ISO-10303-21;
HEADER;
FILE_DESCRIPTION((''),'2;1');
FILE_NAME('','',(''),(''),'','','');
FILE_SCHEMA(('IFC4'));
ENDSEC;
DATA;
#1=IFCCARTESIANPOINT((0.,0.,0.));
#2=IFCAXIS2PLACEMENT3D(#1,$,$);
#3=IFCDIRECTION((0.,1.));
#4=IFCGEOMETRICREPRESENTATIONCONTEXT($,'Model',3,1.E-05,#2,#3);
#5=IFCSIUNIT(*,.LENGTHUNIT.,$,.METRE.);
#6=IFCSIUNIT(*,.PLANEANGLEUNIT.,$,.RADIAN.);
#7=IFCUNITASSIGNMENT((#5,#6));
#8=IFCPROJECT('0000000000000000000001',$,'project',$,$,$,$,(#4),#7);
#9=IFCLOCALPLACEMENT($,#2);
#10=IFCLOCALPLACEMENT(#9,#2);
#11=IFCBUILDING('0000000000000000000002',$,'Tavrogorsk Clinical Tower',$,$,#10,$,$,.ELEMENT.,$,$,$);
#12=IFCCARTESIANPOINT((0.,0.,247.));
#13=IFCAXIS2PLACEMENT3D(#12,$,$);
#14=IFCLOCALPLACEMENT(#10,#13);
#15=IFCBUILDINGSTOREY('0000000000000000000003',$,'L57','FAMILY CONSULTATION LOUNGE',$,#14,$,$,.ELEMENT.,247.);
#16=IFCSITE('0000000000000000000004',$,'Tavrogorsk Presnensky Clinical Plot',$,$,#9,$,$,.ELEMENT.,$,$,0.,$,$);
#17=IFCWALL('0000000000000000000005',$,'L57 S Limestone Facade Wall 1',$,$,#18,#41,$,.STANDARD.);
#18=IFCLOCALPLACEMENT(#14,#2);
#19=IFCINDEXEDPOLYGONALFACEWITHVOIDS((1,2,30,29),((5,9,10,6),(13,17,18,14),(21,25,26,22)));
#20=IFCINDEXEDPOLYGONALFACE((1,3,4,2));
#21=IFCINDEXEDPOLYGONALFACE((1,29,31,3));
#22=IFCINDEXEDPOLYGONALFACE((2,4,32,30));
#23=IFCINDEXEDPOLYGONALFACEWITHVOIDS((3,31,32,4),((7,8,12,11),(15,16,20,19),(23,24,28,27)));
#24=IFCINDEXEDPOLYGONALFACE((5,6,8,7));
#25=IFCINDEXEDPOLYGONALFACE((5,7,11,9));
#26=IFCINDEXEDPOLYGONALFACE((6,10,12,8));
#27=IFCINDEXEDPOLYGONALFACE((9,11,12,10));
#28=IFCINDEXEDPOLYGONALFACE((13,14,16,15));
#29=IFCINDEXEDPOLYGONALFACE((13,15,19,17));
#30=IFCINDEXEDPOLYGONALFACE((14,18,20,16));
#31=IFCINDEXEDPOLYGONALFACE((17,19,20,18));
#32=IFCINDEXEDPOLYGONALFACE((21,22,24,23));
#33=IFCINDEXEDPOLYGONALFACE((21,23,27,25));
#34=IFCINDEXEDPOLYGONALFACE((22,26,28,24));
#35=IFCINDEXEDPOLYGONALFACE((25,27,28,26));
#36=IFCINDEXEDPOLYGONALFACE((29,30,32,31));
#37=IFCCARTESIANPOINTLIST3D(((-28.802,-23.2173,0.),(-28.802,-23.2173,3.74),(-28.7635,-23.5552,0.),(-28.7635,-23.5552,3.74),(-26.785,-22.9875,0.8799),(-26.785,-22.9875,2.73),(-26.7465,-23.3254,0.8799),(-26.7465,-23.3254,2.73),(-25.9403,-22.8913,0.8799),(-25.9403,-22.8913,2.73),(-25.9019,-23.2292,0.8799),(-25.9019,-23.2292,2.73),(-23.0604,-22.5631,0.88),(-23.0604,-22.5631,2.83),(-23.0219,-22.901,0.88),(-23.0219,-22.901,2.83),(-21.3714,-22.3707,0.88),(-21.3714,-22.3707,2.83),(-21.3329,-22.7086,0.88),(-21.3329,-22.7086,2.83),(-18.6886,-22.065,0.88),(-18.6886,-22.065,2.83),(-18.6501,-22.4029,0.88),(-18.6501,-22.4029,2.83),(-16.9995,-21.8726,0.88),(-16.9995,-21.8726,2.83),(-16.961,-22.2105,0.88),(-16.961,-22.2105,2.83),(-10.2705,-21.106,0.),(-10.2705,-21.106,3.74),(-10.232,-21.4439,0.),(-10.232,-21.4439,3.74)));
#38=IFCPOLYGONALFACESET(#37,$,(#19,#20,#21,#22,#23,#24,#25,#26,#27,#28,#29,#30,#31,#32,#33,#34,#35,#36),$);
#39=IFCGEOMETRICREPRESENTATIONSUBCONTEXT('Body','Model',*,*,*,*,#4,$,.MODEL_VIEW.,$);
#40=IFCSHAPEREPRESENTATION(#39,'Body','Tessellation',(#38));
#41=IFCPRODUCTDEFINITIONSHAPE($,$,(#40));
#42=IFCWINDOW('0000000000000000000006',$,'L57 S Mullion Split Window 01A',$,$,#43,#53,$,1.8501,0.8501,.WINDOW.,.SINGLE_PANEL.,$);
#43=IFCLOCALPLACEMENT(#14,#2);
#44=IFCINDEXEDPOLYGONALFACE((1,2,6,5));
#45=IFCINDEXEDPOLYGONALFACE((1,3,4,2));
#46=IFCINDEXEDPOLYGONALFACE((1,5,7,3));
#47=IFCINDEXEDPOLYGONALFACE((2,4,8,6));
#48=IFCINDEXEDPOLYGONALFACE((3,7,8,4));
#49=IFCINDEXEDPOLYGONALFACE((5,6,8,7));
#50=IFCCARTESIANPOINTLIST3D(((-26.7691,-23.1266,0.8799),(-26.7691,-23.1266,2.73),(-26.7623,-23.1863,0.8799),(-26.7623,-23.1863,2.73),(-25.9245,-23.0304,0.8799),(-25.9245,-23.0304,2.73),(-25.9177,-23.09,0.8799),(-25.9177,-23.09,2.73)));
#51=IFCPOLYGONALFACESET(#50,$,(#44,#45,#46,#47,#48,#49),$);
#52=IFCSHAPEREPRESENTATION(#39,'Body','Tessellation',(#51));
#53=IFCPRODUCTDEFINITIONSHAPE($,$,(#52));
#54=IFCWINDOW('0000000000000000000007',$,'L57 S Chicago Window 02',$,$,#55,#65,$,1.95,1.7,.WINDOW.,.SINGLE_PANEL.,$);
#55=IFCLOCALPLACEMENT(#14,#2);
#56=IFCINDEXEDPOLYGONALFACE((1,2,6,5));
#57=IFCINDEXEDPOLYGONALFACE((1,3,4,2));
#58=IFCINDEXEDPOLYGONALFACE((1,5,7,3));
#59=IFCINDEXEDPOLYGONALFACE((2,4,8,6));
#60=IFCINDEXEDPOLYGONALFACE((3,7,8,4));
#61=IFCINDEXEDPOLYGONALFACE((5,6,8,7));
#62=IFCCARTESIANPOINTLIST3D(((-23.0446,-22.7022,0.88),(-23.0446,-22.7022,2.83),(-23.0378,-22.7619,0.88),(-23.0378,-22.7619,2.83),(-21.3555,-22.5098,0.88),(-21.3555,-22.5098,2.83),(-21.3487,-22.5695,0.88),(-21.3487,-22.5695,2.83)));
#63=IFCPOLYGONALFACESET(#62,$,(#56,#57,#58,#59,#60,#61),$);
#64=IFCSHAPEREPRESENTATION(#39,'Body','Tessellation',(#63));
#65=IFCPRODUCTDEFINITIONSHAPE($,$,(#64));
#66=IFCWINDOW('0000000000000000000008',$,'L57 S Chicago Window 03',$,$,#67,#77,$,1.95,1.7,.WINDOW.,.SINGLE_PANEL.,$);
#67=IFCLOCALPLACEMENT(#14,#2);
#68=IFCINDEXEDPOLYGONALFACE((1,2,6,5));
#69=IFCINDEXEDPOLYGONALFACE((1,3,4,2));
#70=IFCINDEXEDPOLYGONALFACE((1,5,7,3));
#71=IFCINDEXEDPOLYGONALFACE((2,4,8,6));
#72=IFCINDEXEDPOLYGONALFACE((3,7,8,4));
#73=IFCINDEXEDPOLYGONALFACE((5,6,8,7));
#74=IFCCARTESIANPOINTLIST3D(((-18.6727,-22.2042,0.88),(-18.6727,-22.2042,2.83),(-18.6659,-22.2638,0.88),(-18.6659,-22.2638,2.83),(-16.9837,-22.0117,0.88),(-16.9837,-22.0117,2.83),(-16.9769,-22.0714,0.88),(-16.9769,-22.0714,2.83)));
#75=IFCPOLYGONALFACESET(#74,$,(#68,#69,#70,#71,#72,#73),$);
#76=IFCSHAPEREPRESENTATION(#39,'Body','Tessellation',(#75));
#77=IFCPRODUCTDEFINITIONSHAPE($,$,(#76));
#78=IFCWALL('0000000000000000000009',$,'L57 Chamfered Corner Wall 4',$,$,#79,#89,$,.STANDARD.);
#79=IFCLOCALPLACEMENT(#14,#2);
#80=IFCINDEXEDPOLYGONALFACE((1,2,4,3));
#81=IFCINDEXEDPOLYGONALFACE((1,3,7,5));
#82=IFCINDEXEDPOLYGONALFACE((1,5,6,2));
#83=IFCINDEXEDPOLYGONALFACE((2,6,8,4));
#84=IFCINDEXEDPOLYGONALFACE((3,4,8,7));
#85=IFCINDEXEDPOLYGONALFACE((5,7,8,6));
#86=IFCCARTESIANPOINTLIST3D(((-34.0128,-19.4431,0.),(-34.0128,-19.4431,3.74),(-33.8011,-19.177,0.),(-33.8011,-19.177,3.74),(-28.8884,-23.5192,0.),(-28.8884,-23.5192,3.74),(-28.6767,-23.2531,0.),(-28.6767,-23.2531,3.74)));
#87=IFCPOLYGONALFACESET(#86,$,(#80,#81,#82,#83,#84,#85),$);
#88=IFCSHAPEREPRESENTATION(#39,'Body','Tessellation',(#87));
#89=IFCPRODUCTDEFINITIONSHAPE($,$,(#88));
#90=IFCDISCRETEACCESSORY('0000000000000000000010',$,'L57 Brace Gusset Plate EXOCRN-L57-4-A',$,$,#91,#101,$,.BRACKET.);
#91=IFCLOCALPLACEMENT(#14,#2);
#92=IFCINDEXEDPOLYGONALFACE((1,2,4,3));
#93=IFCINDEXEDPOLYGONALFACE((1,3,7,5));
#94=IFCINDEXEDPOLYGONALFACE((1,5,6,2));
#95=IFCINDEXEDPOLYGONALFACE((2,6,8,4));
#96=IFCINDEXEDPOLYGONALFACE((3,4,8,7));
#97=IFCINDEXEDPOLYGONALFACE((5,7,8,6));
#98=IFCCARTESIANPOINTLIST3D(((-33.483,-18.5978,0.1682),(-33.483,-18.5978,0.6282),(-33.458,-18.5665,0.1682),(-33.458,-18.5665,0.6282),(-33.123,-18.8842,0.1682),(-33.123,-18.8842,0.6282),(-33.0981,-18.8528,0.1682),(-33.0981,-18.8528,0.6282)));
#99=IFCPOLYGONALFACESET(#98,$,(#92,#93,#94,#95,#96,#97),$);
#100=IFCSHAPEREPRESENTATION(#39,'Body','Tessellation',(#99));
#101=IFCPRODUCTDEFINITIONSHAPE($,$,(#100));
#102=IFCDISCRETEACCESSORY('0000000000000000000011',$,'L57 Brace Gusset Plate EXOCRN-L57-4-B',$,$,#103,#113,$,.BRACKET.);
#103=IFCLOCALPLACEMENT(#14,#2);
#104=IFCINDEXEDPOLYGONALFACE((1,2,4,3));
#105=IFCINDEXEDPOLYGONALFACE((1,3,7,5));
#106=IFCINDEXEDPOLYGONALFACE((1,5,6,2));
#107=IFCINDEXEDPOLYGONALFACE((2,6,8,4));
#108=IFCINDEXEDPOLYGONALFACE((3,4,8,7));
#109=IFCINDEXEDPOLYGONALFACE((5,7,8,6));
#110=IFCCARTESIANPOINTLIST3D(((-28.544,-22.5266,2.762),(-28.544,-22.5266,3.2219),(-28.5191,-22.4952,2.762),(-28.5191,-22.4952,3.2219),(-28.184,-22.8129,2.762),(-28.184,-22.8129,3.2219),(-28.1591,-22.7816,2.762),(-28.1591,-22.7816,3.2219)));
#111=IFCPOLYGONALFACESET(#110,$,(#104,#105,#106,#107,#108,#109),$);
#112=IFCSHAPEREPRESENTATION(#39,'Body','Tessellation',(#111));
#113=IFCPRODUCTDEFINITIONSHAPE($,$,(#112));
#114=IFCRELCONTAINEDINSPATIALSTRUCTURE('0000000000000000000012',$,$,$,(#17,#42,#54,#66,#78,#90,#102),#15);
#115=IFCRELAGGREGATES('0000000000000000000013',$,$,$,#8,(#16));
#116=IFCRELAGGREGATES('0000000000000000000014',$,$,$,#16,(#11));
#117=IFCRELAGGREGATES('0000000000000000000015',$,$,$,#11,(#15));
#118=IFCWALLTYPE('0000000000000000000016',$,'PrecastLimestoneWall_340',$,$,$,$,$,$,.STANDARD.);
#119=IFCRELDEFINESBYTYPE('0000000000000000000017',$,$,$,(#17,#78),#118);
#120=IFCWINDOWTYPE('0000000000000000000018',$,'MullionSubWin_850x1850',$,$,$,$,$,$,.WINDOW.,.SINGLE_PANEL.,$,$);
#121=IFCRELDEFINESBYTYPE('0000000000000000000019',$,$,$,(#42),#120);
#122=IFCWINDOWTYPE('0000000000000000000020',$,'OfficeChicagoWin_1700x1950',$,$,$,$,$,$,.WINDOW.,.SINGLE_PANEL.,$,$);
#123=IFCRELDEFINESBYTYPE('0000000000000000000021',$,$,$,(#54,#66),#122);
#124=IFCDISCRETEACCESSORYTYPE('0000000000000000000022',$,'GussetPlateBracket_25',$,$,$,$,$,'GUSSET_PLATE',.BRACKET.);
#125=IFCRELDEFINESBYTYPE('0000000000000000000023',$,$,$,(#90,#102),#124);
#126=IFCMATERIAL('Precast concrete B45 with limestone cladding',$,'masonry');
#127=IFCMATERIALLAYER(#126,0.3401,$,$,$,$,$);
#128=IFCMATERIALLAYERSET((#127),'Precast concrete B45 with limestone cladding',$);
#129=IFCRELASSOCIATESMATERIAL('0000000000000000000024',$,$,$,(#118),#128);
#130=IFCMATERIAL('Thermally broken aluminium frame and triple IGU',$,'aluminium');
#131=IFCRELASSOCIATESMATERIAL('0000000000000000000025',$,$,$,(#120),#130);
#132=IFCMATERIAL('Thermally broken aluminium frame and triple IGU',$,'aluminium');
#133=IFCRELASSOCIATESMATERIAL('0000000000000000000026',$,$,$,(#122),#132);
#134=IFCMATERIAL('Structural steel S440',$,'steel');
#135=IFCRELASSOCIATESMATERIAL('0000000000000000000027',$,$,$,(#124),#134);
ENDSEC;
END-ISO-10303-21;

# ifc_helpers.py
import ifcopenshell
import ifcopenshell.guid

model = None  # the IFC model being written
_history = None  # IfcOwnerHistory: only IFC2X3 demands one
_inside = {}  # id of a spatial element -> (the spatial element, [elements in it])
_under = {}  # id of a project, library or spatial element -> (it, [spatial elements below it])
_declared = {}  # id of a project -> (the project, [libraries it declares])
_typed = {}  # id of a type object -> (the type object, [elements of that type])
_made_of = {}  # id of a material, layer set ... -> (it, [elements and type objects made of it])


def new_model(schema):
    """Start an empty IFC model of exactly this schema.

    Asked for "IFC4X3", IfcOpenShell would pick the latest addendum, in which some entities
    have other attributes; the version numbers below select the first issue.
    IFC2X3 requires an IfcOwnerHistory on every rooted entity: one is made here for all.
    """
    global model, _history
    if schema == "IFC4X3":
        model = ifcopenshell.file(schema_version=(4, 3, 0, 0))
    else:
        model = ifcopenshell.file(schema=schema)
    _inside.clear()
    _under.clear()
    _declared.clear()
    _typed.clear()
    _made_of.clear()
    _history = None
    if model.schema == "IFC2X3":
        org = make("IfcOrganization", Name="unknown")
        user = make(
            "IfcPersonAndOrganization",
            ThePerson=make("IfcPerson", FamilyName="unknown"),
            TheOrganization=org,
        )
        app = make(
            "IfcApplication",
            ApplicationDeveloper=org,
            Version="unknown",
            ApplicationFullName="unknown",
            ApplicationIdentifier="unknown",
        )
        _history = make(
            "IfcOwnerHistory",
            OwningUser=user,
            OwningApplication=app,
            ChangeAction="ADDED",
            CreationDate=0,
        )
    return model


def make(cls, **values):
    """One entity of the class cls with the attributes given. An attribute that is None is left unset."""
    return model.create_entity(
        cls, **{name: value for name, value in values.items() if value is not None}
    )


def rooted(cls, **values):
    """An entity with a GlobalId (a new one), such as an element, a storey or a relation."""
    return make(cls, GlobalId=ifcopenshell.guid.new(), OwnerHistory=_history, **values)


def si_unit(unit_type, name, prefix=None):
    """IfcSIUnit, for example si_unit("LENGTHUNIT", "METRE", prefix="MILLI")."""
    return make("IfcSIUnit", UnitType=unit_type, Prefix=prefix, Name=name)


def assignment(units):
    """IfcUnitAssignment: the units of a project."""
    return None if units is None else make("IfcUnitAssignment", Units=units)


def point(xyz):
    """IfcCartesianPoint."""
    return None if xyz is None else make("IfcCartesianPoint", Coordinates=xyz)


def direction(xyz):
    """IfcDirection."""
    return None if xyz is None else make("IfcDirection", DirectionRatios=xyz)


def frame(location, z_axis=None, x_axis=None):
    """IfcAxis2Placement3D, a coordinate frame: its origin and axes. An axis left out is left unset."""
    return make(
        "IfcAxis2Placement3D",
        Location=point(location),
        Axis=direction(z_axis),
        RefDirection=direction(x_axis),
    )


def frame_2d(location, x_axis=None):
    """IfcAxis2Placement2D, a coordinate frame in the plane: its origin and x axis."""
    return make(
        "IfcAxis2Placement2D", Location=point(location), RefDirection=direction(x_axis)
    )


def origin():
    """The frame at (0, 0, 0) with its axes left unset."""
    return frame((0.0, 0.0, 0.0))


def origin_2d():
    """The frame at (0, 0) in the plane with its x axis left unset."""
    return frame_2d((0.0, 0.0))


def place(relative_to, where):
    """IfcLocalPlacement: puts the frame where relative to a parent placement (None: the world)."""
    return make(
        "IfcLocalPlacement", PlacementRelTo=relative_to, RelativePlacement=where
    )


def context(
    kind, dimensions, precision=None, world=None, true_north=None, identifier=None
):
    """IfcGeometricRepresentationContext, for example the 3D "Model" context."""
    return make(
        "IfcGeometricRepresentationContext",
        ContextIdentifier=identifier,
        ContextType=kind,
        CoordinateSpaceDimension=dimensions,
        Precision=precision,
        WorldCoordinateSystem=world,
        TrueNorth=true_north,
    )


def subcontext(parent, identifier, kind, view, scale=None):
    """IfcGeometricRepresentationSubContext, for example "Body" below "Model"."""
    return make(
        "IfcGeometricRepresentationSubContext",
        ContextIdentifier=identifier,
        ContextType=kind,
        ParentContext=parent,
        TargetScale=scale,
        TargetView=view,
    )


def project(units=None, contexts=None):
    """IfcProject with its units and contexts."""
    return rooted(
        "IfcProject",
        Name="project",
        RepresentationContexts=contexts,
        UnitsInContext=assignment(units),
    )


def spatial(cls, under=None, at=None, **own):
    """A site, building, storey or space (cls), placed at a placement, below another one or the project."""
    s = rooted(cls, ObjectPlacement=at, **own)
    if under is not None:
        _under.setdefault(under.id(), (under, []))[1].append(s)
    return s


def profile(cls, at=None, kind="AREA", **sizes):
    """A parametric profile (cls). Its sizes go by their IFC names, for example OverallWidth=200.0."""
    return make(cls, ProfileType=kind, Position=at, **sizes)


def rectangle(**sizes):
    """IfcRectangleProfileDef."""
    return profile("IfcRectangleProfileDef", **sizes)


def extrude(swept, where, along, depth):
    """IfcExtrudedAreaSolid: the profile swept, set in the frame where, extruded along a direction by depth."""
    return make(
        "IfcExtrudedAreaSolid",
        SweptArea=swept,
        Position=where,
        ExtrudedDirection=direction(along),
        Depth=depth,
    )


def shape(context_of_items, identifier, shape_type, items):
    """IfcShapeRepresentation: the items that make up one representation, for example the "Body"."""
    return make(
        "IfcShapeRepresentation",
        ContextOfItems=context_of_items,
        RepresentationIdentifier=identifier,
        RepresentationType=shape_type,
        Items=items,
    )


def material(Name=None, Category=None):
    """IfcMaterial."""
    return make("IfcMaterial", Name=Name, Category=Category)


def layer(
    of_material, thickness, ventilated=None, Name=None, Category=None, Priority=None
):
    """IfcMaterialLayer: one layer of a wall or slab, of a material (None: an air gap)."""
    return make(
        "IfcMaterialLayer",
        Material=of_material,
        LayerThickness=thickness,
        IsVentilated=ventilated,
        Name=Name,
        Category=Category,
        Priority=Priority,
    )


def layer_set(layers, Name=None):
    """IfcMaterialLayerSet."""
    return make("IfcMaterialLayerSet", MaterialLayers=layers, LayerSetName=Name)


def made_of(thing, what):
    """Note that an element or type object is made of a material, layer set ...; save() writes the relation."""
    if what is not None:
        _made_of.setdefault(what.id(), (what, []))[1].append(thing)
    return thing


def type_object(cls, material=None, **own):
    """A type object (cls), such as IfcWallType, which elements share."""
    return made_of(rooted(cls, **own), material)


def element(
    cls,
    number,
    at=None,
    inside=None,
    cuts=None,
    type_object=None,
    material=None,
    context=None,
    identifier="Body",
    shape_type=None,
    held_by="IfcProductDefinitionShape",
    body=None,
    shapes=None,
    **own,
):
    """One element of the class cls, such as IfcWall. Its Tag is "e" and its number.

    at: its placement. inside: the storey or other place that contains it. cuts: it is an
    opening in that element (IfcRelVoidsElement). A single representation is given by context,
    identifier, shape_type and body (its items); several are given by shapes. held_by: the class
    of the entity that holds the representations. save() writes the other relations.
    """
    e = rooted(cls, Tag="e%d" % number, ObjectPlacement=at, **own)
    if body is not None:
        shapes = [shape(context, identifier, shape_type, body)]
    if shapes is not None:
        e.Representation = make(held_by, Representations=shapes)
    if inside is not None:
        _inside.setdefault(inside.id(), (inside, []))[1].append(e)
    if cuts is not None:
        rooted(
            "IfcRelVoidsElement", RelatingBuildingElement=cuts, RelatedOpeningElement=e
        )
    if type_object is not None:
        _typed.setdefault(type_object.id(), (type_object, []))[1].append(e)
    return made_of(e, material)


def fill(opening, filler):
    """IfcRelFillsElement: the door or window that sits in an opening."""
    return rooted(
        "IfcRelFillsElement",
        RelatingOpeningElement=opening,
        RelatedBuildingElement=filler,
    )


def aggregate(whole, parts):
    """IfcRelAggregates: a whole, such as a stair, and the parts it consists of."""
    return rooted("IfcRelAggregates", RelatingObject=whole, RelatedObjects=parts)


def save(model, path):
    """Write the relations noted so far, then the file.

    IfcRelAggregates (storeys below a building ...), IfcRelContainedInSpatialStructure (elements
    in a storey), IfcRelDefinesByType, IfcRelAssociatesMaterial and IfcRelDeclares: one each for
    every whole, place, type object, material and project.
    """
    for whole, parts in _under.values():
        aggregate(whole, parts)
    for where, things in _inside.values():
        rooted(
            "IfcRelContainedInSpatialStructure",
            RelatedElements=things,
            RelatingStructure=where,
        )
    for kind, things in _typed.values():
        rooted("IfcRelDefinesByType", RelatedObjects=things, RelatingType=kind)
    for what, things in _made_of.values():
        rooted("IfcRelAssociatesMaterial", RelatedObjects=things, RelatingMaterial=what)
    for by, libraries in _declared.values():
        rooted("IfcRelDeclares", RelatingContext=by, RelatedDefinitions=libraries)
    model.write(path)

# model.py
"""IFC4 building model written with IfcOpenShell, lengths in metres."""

from ifc_helpers import new_model, si_unit, direction, frame, frame_2d, origin, origin_2d, place, context, subcontext, project, spatial, rectangle, extrude, material, layer, layer_set, type_object, element, fill, save


model = new_model("IFC4")

# Units and contexts
model_context = context("Model", 3, precision=1e-05, world=origin(), true_north=direction((0.0, 1.0)))
body_context = subcontext(model_context, "Body", "Model", "MODEL_VIEW")
ifc_project = project(units=[si_unit("LENGTHUNIT", "METRE"), si_unit("PLANEANGLEUNIT", "RADIAN")], contexts=[model_context])

# Site, building, storey
site_placement = place(None, origin())
site = spatial("IfcSite", under=ifc_project, at=site_placement, Name="Tavrogorsk Presnensky Clinical Plot", CompositionType="ELEMENT", RefElevation=0.0)
building_placement = place(site_placement, origin())
building = spatial("IfcBuilding", under=site, at=building_placement, Name="Tavrogorsk Clinical Tower", CompositionType="ELEMENT")
storey_placement = place(building_placement, frame((0.0, 0.0, 247.0)))
storey = spatial("IfcBuildingStorey", under=building, at=storey_placement, Name="L57", Description="FAMILY CONSULTATION LOUNGE", CompositionType="ELEMENT", Elevation=247.0)

# Wall, openings, windows
ifc_material_1 = material(Name="Precast concrete B45 with limestone cladding", Category="masonry")
ifc_layer_1 = layer(ifc_material_1, 0.3401)
ifc_layer_set_1 = layer_set([ifc_layer_1], Name="Precast concrete B45 with limestone cladding")
wall_type_1 = type_object("IfcWallType", Name="PrecastLimestoneWall_340", PredefinedType="STANDARD", material=ifc_layer_set_1)
wall_1_placement = place(storey_placement, frame((-28.7827, -23.3862, 0.0), z_axis=(0.0, 0.0, 1.0), x_axis=(0.993572, 0.1132, 0.0)))
wall_1 = element("IfcWall", 1, at=wall_1_placement, inside=storey, type_object=wall_type_1, Name="L57 S Limestone Facade Wall 1", PredefinedType="STANDARD", context=body_context, shape_type="SweptSolid", body=[
    extrude(rectangle(XDim=18.6514, YDim=0.3401, at=frame_2d((9.3257, 0.0))), origin(), (0.0, 0.0, 1.0), 3.74),
])
opening_1_placement = place(wall_1_placement, frame((2.03, 0.0, 0.8799)))
opening_1 = element("IfcOpeningElement", 2, at=opening_1_placement, cuts=wall_1, PredefinedType="OPENING", context=body_context, shape_type="SweptSolid", body=[
    extrude(rectangle(XDim=0.8501, YDim=1.8501, at=frame_2d((0.425, 0.925))), frame((0.0, 0.1799, 0.0), z_axis=(0.0, -1.0, 0.0), x_axis=(1.0, 0.0, 0.0)), (0.0, 0.0, 1.0), 0.3601),
])
opening_2_placement = place(wall_1_placement, frame((5.7786, 0.0, 0.8799)))
opening_2 = element("IfcOpeningElement", 3, at=opening_2_placement, cuts=wall_1, PredefinedType="OPENING", context=body_context, shape_type="SweptSolid", body=[
    extrude(rectangle(XDim=1.7, YDim=1.95, at=frame_2d((0.8501, 0.9751))), frame((0.0, 0.1799, 0.0), z_axis=(0.0, -1.0, 0.0), x_axis=(1.0, 0.0, 0.0)), (0.0, 0.0, 1.0), 0.3601),
])
opening_3_placement = place(wall_1_placement, frame((10.1787, 0.0, 0.8799)))
opening_3 = element("IfcOpeningElement", 4, at=opening_3_placement, cuts=wall_1, PredefinedType="OPENING", context=body_context, shape_type="SweptSolid", body=[
    extrude(rectangle(XDim=1.7, YDim=1.95, at=frame_2d((0.8501, 0.9751))), frame((0.0, 0.1799, 0.0), z_axis=(0.0, -1.0, 0.0), x_axis=(1.0, 0.0, 0.0)), (0.0, 0.0, 1.0), 0.3601),
])
ifc_material_2 = material(Name="Thermally broken aluminium frame and triple IGU", Category="aluminium")
window_type_1 = type_object("IfcWindowType", Name="MullionSubWin_850x1850", PartitioningType="SINGLE_PANEL", PredefinedType="WINDOW", material=ifc_material_2)
window_1_placement = place(opening_1_placement, origin())
window_1 = element("IfcWindow", 5, at=window_1_placement, inside=storey, type_object=window_type_1, Name="L57 S Mullion Split Window 01A", OverallHeight=1.8501, OverallWidth=0.8501, PartitioningType="SINGLE_PANEL", PredefinedType="WINDOW", context=body_context, shape_type="SweptSolid", body=[
    extrude(rectangle(XDim=0.8501, YDim=1.8501, at=frame_2d((0.425, 0.925))), frame((0.0, 0.03, 0.0), z_axis=(0.0, -1.0, 0.0), x_axis=(1.0, 0.0, 0.0)), (0.0, 0.0, 1.0), 0.0601),
])
fill(opening_1, window_1)
ifc_material_3 = material(Name="Thermally broken aluminium frame and triple IGU", Category="aluminium")
window_type_2 = type_object("IfcWindowType", Name="OfficeChicagoWin_1700x1950", PartitioningType="SINGLE_PANEL", PredefinedType="WINDOW", material=ifc_material_3)
window_2_placement = place(opening_2_placement, origin())
window_2 = element("IfcWindow", 6, at=window_2_placement, inside=storey, type_object=window_type_2, Name="L57 S Chicago Window 02", OverallHeight=1.95, OverallWidth=1.7, PartitioningType="SINGLE_PANEL", PredefinedType="WINDOW", context=body_context, shape_type="SweptSolid", body=[
    extrude(rectangle(XDim=1.7, YDim=1.95, at=frame_2d((0.8501, 0.9751))), frame((0.0, 0.03, 0.0), z_axis=(0.0, -1.0, 0.0), x_axis=(1.0, 0.0, 0.0)), (0.0, 0.0, 1.0), 0.0601),
])
fill(opening_2, window_2)
window_3_placement = place(opening_3_placement, origin())
window_3 = element("IfcWindow", 7, at=window_3_placement, inside=storey, type_object=window_type_2, Name="L57 S Chicago Window 03", OverallHeight=1.95, OverallWidth=1.7, PartitioningType="SINGLE_PANEL", PredefinedType="WINDOW", context=body_context, shape_type="SweptSolid", body=[
    extrude(rectangle(XDim=1.7, YDim=1.95, at=frame_2d((0.8501, 0.9751))), frame((0.0, 0.03, 0.0), z_axis=(0.0, -1.0, 0.0), x_axis=(1.0, 0.0, 0.0)), (0.0, 0.0, 1.0), 0.0601),
])
fill(opening_3, window_3)

# Wall
wall_2_placement = place(storey_placement, frame((-33.907, -19.3101, 0.0), z_axis=(0.0, 0.0, 1.0), x_axis=(0.782612, -0.62251, 0.0)))
element("IfcWall", 8, at=wall_2_placement, inside=storey, type_object=wall_type_1, Name="L57 Chamfered Corner Wall 4", PredefinedType="STANDARD", context=body_context, shape_type="SweptSolid", body=[
    extrude(rectangle(XDim=6.5479, YDim=0.3401, at=frame_2d((3.2739, 0.0))), origin(), (0.0, 0.0, 1.0), 3.74),
])

# Discrete accessories
ifc_material_4 = material(Name="Structural steel S440", Category="steel")
discrete_accessory_type = type_object("IfcDiscreteAccessoryType", Name="GussetPlateBracket_25", ElementType="GUSSET_PLATE", PredefinedType="BRACKET", material=ifc_material_4)
for number, where, z_axis, x_axis, name in (
    (9, (-33.2905, -18.7253, 0.1682), (0.0, 0.0, 1.0), (0.782608, -0.622515, 0.0), "L57 Brace Gusset Plate EXOCRN-L57-4-A"),
    (10, (-28.3516, -22.6541, 2.762), (0.0, 0.0, 1.0), (0.782608, -0.622515, 0.0), "L57 Brace Gusset Plate EXOCRN-L57-4-B"),
):
    element("IfcDiscreteAccessory", number, at=place(storey_placement, frame(where, z_axis=z_axis, x_axis=x_axis)), inside=storey, type_object=discrete_accessory_type, Name=name, PredefinedType="BRACKET", context=body_context, shape_type="SweptSolid", body=[
        extrude(rectangle(XDim=0.46, YDim=0.04, at=origin_2d()), origin(), (0.0, 0.0, 1.0), 0.46),
    ])

save(model, "model.ifc")
